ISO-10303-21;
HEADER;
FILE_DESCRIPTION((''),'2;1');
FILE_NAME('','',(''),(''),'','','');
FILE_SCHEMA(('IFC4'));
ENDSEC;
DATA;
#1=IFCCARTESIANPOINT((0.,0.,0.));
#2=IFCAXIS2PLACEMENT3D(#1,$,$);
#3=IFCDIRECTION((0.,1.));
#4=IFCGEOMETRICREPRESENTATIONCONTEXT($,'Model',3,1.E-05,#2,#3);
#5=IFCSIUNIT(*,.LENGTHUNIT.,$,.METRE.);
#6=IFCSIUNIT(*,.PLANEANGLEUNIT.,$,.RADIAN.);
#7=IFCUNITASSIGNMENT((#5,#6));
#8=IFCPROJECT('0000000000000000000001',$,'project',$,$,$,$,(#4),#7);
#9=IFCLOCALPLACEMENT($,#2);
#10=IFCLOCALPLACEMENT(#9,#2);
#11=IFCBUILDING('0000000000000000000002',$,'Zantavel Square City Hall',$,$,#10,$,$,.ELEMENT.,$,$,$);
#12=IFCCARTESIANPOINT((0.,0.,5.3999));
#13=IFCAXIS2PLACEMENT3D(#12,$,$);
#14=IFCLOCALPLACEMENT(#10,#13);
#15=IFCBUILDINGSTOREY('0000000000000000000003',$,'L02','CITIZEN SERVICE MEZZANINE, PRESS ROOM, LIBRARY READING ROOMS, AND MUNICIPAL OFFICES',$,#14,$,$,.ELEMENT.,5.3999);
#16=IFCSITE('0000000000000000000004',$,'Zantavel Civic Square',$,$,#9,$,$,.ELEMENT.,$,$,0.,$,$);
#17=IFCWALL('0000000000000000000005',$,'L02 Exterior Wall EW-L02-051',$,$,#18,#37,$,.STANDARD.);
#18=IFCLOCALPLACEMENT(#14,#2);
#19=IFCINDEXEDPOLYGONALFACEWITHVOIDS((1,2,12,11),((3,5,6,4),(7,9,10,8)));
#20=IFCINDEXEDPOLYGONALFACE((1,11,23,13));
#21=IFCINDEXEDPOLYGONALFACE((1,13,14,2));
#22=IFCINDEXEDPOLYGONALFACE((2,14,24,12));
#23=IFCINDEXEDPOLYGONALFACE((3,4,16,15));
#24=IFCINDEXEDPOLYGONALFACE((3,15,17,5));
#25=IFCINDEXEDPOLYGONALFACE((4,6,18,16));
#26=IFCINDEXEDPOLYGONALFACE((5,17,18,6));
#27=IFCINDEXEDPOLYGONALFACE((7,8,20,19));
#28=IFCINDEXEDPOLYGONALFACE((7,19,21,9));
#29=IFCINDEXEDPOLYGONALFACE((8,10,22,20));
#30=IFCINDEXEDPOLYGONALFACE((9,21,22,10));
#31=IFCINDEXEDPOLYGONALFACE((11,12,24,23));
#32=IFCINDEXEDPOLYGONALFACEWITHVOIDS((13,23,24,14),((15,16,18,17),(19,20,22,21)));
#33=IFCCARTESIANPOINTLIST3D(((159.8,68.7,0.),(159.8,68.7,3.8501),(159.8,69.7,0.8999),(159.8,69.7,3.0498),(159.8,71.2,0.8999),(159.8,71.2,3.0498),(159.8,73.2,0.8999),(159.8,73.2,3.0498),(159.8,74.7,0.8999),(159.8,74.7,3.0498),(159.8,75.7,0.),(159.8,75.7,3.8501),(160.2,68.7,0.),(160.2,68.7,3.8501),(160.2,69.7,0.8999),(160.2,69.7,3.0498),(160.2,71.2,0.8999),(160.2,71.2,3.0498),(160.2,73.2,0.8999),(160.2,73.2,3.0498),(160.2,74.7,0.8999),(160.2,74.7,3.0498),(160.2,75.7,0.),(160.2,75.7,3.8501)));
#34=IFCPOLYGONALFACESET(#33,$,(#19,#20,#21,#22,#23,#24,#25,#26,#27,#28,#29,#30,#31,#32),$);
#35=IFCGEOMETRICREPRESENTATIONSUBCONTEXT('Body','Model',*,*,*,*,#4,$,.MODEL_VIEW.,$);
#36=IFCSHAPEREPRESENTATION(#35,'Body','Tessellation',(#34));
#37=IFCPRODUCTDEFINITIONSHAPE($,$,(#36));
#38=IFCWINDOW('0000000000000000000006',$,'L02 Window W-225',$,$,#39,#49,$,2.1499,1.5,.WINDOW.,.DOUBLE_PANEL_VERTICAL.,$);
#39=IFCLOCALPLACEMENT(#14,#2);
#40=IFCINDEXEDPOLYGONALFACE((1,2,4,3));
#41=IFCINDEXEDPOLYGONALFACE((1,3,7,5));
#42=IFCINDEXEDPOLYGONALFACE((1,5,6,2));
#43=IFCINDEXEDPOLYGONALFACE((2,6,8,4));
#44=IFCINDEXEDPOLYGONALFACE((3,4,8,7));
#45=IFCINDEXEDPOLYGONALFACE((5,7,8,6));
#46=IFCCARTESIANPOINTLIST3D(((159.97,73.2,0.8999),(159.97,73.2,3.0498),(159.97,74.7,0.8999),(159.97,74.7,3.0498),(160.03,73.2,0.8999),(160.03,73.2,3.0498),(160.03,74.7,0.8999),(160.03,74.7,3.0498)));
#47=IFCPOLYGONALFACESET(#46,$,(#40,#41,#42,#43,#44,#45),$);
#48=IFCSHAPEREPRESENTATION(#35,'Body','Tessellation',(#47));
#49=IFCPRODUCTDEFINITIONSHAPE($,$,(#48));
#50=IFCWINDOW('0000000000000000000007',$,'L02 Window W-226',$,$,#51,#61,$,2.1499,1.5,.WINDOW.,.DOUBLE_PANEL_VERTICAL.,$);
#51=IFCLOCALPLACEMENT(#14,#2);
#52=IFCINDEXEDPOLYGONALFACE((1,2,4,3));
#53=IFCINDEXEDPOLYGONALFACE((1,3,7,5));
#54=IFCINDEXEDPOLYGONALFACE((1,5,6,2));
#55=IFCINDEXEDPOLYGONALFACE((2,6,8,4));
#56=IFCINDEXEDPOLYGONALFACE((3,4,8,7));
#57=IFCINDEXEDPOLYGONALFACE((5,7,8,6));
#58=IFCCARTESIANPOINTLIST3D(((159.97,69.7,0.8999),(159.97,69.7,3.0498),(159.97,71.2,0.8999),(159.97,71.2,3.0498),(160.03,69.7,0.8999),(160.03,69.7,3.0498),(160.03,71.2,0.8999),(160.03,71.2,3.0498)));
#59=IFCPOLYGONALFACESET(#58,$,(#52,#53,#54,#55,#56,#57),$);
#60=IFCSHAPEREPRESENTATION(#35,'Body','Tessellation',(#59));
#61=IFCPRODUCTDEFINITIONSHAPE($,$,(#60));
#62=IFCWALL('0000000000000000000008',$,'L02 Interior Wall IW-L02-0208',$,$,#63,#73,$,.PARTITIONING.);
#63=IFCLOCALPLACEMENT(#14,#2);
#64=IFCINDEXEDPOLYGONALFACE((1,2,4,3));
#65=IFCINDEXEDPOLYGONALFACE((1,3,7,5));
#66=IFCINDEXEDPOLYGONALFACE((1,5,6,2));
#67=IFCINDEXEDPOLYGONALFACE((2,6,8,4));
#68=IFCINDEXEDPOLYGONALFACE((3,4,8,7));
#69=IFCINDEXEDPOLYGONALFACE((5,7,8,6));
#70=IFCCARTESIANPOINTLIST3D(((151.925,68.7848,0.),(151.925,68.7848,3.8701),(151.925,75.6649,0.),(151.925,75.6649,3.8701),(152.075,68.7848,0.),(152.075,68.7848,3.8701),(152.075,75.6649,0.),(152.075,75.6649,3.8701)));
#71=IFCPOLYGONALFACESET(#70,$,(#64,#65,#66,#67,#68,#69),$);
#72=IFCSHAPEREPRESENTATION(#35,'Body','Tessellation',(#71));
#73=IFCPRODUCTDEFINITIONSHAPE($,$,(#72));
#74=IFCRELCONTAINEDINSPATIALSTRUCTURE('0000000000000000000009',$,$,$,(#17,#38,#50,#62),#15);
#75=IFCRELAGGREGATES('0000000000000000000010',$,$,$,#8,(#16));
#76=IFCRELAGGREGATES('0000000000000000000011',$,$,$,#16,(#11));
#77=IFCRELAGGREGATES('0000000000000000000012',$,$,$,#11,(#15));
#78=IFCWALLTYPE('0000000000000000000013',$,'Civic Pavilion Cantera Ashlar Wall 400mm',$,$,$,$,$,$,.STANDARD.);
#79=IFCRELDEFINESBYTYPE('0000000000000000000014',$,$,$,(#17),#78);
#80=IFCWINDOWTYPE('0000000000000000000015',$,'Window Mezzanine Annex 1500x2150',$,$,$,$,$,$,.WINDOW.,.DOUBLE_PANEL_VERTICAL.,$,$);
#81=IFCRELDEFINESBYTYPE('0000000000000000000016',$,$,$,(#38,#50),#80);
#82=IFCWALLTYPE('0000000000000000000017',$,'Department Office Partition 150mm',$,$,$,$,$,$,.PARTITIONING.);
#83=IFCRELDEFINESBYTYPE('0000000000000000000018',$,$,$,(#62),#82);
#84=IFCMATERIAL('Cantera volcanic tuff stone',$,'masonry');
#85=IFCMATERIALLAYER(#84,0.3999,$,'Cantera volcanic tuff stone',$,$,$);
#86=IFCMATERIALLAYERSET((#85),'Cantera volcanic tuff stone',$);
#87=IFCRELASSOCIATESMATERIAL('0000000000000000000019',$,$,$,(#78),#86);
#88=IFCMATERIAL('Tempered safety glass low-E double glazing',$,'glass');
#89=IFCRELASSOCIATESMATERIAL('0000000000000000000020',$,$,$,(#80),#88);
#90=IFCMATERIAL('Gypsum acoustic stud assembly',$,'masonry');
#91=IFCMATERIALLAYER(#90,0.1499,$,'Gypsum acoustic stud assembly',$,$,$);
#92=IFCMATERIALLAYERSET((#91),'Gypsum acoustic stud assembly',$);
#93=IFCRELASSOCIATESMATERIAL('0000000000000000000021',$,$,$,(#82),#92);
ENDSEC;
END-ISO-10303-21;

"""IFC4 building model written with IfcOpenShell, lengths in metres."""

from ifc_helpers import new_model, si_unit, direction, frame, frame_2d, origin, place, context, subcontext, project, spatial, rectangle, extrude, material, layer, layer_set, type_object, element, fill, save


model = new_model("IFC4")

# Units and contexts
model_context = context("Model", 3, precision=1e-05, world=origin(), true_north=direction((0.0, 1.0)))
body_context = subcontext(model_context, "Body", "Model", "MODEL_VIEW")
ifc_project = project(units=[si_unit("LENGTHUNIT", "METRE"), si_unit("PLANEANGLEUNIT", "RADIAN")], contexts=[model_context])

# Site, building, storey
site_placement = place(None, origin())
site = spatial("IfcSite", under=ifc_project, at=site_placement, Name="Zantavel Civic Square", CompositionType="ELEMENT", RefElevation=0.0)
building_placement = place(site_placement, origin())
building = spatial("IfcBuilding", under=site, at=building_placement, Name="Zantavel Square City Hall", CompositionType="ELEMENT")
storey_placement = place(building_placement, frame((0.0, 0.0, 5.3999)))
storey = spatial("IfcBuildingStorey", under=building, at=storey_placement, Name="L02", Description="CITIZEN SERVICE MEZZANINE, PRESS ROOM, LIBRARY READING ROOMS, AND MUNICIPAL OFFICES", CompositionType="ELEMENT", Elevation=5.3999)

# Shared definitions
ifc_material_1 = material(Name="Tempered safety glass low-E double glazing", Category="glass")

# Wall, openings, windows
ifc_material_2 = material(Name="Cantera volcanic tuff stone", Category="masonry")
ifc_layer_1 = layer(ifc_material_2, 0.3999, Name="Cantera volcanic tuff stone")
ifc_layer_set_1 = layer_set([ifc_layer_1], Name="Cantera volcanic tuff stone")
wall_type_1 = type_object("IfcWallType", Name="Civic Pavilion Cantera Ashlar Wall 400mm", PredefinedType="STANDARD", material=ifc_layer_set_1)
wall_1_placement = place(storey_placement, frame((160.0, 75.7, 0.0), z_axis=(0.0, 0.0, 1.0), x_axis=(0.0, -1.0, 0.0)))
wall_1 = element("IfcWall", 1, at=wall_1_placement, inside=storey, type_object=wall_type_1, Name="L02 Exterior Wall EW-L02-051", PredefinedType="STANDARD", context=body_context, shape_type="SweptSolid", body=[
    extrude(rectangle(XDim=7.0, YDim=0.3999, at=frame_2d((3.5, 0.0))), origin(), (0.0, 0.0, 1.0), 3.8501),
])
opening_1_placement = place(wall_1_placement, frame((1.0, 0.0, 0.8999)))
opening_1 = element("IfcOpeningElement", 2, at=opening_1_placement, cuts=wall_1, PredefinedType="OPENING", context=body_context, shape_type="SweptSolid", body=[
    extrude(rectangle(XDim=1.5, YDim=2.1499, at=frame_2d((0.75, 1.075))), frame((0.0, 0.21, 0.0), z_axis=(0.0, -1.0, 0.0), x_axis=(1.0, 0.0, 0.0)), (0.0, 0.0, 1.0), 0.4199),
])
opening_2_placement = place(wall_1_placement, frame((4.5, 0.0, 0.8999)))
opening_2 = element("IfcOpeningElement", 3, at=opening_2_placement, cuts=wall_1, PredefinedType="OPENING", context=body_context, shape_type="SweptSolid", body=[
    extrude(rectangle(XDim=1.5, YDim=2.1499, at=frame_2d((0.75, 1.075))), frame((0.0, 0.21, 0.0), z_axis=(0.0, -1.0, 0.0), x_axis=(1.0, 0.0, 0.0)), (0.0, 0.0, 1.0), 0.4199),
])
window_type = type_object("IfcWindowType", Name="Window Mezzanine Annex 1500x2150", PartitioningType="DOUBLE_PANEL_VERTICAL", PredefinedType="WINDOW", material=ifc_material_1)
window_1_placement = place(opening_1_placement, origin())
window_1 = element("IfcWindow", 4, at=window_1_placement, inside=storey, type_object=window_type, Name="L02 Window W-225", OverallHeight=2.1499, OverallWidth=1.5, PartitioningType="DOUBLE_PANEL_VERTICAL", PredefinedType="WINDOW", context=body_context, shape_type="SweptSolid", body=[
    extrude(rectangle(XDim=1.5, YDim=2.1499, at=frame_2d((0.75, 1.075))), frame((0.0, 0.03, 0.0), z_axis=(0.0, -1.0, 0.0), x_axis=(1.0, 0.0, 0.0)), (0.0, 0.0, 1.0), 0.0601),
])
fill(opening_1, window_1)
window_2_placement = place(opening_2_placement, origin())
window_2 = element("IfcWindow", 5, at=window_2_placement, inside=storey, type_object=window_type, Name="L02 Window W-226", OverallHeight=2.1499, OverallWidth=1.5, PartitioningType="DOUBLE_PANEL_VERTICAL", PredefinedType="WINDOW", context=body_context, shape_type="SweptSolid", body=[
    extrude(rectangle(XDim=1.5, YDim=2.1499, at=frame_2d((0.75, 1.075))), frame((0.0, 0.03, 0.0), z_axis=(0.0, -1.0, 0.0), x_axis=(1.0, 0.0, 0.0)), (0.0, 0.0, 1.0), 0.0601),
])
fill(opening_2, window_2)

# Wall
ifc_material_3 = material(Name="Gypsum acoustic stud assembly", Category="masonry")
ifc_layer_2 = layer(ifc_material_3, 0.1499, Name="Gypsum acoustic stud assembly")
ifc_layer_set_2 = layer_set([ifc_layer_2], Name="Gypsum acoustic stud assembly")
wall_type_2 = type_object("IfcWallType", Name="Department Office Partition 150mm", PredefinedType="PARTITIONING", material=ifc_layer_set_2)
wall_2_placement = place(storey_placement, frame((152.0, 68.7849, 0.0), z_axis=(0.0, 0.0, 1.0), x_axis=(0.0, 1.0, 0.0)))
element("IfcWall", 6, at=wall_2_placement, inside=storey, type_object=wall_type_2, Name="L02 Interior Wall IW-L02-0208", PredefinedType="PARTITIONING", context=body_context, shape_type="SweptSolid", body=[
    extrude(rectangle(XDim=6.8801, YDim=0.1499, at=frame_2d((3.4399, 0.0))), origin(), (0.0, 0.0, 1.0), 3.8701),
])

save(model, "model.ifc")
